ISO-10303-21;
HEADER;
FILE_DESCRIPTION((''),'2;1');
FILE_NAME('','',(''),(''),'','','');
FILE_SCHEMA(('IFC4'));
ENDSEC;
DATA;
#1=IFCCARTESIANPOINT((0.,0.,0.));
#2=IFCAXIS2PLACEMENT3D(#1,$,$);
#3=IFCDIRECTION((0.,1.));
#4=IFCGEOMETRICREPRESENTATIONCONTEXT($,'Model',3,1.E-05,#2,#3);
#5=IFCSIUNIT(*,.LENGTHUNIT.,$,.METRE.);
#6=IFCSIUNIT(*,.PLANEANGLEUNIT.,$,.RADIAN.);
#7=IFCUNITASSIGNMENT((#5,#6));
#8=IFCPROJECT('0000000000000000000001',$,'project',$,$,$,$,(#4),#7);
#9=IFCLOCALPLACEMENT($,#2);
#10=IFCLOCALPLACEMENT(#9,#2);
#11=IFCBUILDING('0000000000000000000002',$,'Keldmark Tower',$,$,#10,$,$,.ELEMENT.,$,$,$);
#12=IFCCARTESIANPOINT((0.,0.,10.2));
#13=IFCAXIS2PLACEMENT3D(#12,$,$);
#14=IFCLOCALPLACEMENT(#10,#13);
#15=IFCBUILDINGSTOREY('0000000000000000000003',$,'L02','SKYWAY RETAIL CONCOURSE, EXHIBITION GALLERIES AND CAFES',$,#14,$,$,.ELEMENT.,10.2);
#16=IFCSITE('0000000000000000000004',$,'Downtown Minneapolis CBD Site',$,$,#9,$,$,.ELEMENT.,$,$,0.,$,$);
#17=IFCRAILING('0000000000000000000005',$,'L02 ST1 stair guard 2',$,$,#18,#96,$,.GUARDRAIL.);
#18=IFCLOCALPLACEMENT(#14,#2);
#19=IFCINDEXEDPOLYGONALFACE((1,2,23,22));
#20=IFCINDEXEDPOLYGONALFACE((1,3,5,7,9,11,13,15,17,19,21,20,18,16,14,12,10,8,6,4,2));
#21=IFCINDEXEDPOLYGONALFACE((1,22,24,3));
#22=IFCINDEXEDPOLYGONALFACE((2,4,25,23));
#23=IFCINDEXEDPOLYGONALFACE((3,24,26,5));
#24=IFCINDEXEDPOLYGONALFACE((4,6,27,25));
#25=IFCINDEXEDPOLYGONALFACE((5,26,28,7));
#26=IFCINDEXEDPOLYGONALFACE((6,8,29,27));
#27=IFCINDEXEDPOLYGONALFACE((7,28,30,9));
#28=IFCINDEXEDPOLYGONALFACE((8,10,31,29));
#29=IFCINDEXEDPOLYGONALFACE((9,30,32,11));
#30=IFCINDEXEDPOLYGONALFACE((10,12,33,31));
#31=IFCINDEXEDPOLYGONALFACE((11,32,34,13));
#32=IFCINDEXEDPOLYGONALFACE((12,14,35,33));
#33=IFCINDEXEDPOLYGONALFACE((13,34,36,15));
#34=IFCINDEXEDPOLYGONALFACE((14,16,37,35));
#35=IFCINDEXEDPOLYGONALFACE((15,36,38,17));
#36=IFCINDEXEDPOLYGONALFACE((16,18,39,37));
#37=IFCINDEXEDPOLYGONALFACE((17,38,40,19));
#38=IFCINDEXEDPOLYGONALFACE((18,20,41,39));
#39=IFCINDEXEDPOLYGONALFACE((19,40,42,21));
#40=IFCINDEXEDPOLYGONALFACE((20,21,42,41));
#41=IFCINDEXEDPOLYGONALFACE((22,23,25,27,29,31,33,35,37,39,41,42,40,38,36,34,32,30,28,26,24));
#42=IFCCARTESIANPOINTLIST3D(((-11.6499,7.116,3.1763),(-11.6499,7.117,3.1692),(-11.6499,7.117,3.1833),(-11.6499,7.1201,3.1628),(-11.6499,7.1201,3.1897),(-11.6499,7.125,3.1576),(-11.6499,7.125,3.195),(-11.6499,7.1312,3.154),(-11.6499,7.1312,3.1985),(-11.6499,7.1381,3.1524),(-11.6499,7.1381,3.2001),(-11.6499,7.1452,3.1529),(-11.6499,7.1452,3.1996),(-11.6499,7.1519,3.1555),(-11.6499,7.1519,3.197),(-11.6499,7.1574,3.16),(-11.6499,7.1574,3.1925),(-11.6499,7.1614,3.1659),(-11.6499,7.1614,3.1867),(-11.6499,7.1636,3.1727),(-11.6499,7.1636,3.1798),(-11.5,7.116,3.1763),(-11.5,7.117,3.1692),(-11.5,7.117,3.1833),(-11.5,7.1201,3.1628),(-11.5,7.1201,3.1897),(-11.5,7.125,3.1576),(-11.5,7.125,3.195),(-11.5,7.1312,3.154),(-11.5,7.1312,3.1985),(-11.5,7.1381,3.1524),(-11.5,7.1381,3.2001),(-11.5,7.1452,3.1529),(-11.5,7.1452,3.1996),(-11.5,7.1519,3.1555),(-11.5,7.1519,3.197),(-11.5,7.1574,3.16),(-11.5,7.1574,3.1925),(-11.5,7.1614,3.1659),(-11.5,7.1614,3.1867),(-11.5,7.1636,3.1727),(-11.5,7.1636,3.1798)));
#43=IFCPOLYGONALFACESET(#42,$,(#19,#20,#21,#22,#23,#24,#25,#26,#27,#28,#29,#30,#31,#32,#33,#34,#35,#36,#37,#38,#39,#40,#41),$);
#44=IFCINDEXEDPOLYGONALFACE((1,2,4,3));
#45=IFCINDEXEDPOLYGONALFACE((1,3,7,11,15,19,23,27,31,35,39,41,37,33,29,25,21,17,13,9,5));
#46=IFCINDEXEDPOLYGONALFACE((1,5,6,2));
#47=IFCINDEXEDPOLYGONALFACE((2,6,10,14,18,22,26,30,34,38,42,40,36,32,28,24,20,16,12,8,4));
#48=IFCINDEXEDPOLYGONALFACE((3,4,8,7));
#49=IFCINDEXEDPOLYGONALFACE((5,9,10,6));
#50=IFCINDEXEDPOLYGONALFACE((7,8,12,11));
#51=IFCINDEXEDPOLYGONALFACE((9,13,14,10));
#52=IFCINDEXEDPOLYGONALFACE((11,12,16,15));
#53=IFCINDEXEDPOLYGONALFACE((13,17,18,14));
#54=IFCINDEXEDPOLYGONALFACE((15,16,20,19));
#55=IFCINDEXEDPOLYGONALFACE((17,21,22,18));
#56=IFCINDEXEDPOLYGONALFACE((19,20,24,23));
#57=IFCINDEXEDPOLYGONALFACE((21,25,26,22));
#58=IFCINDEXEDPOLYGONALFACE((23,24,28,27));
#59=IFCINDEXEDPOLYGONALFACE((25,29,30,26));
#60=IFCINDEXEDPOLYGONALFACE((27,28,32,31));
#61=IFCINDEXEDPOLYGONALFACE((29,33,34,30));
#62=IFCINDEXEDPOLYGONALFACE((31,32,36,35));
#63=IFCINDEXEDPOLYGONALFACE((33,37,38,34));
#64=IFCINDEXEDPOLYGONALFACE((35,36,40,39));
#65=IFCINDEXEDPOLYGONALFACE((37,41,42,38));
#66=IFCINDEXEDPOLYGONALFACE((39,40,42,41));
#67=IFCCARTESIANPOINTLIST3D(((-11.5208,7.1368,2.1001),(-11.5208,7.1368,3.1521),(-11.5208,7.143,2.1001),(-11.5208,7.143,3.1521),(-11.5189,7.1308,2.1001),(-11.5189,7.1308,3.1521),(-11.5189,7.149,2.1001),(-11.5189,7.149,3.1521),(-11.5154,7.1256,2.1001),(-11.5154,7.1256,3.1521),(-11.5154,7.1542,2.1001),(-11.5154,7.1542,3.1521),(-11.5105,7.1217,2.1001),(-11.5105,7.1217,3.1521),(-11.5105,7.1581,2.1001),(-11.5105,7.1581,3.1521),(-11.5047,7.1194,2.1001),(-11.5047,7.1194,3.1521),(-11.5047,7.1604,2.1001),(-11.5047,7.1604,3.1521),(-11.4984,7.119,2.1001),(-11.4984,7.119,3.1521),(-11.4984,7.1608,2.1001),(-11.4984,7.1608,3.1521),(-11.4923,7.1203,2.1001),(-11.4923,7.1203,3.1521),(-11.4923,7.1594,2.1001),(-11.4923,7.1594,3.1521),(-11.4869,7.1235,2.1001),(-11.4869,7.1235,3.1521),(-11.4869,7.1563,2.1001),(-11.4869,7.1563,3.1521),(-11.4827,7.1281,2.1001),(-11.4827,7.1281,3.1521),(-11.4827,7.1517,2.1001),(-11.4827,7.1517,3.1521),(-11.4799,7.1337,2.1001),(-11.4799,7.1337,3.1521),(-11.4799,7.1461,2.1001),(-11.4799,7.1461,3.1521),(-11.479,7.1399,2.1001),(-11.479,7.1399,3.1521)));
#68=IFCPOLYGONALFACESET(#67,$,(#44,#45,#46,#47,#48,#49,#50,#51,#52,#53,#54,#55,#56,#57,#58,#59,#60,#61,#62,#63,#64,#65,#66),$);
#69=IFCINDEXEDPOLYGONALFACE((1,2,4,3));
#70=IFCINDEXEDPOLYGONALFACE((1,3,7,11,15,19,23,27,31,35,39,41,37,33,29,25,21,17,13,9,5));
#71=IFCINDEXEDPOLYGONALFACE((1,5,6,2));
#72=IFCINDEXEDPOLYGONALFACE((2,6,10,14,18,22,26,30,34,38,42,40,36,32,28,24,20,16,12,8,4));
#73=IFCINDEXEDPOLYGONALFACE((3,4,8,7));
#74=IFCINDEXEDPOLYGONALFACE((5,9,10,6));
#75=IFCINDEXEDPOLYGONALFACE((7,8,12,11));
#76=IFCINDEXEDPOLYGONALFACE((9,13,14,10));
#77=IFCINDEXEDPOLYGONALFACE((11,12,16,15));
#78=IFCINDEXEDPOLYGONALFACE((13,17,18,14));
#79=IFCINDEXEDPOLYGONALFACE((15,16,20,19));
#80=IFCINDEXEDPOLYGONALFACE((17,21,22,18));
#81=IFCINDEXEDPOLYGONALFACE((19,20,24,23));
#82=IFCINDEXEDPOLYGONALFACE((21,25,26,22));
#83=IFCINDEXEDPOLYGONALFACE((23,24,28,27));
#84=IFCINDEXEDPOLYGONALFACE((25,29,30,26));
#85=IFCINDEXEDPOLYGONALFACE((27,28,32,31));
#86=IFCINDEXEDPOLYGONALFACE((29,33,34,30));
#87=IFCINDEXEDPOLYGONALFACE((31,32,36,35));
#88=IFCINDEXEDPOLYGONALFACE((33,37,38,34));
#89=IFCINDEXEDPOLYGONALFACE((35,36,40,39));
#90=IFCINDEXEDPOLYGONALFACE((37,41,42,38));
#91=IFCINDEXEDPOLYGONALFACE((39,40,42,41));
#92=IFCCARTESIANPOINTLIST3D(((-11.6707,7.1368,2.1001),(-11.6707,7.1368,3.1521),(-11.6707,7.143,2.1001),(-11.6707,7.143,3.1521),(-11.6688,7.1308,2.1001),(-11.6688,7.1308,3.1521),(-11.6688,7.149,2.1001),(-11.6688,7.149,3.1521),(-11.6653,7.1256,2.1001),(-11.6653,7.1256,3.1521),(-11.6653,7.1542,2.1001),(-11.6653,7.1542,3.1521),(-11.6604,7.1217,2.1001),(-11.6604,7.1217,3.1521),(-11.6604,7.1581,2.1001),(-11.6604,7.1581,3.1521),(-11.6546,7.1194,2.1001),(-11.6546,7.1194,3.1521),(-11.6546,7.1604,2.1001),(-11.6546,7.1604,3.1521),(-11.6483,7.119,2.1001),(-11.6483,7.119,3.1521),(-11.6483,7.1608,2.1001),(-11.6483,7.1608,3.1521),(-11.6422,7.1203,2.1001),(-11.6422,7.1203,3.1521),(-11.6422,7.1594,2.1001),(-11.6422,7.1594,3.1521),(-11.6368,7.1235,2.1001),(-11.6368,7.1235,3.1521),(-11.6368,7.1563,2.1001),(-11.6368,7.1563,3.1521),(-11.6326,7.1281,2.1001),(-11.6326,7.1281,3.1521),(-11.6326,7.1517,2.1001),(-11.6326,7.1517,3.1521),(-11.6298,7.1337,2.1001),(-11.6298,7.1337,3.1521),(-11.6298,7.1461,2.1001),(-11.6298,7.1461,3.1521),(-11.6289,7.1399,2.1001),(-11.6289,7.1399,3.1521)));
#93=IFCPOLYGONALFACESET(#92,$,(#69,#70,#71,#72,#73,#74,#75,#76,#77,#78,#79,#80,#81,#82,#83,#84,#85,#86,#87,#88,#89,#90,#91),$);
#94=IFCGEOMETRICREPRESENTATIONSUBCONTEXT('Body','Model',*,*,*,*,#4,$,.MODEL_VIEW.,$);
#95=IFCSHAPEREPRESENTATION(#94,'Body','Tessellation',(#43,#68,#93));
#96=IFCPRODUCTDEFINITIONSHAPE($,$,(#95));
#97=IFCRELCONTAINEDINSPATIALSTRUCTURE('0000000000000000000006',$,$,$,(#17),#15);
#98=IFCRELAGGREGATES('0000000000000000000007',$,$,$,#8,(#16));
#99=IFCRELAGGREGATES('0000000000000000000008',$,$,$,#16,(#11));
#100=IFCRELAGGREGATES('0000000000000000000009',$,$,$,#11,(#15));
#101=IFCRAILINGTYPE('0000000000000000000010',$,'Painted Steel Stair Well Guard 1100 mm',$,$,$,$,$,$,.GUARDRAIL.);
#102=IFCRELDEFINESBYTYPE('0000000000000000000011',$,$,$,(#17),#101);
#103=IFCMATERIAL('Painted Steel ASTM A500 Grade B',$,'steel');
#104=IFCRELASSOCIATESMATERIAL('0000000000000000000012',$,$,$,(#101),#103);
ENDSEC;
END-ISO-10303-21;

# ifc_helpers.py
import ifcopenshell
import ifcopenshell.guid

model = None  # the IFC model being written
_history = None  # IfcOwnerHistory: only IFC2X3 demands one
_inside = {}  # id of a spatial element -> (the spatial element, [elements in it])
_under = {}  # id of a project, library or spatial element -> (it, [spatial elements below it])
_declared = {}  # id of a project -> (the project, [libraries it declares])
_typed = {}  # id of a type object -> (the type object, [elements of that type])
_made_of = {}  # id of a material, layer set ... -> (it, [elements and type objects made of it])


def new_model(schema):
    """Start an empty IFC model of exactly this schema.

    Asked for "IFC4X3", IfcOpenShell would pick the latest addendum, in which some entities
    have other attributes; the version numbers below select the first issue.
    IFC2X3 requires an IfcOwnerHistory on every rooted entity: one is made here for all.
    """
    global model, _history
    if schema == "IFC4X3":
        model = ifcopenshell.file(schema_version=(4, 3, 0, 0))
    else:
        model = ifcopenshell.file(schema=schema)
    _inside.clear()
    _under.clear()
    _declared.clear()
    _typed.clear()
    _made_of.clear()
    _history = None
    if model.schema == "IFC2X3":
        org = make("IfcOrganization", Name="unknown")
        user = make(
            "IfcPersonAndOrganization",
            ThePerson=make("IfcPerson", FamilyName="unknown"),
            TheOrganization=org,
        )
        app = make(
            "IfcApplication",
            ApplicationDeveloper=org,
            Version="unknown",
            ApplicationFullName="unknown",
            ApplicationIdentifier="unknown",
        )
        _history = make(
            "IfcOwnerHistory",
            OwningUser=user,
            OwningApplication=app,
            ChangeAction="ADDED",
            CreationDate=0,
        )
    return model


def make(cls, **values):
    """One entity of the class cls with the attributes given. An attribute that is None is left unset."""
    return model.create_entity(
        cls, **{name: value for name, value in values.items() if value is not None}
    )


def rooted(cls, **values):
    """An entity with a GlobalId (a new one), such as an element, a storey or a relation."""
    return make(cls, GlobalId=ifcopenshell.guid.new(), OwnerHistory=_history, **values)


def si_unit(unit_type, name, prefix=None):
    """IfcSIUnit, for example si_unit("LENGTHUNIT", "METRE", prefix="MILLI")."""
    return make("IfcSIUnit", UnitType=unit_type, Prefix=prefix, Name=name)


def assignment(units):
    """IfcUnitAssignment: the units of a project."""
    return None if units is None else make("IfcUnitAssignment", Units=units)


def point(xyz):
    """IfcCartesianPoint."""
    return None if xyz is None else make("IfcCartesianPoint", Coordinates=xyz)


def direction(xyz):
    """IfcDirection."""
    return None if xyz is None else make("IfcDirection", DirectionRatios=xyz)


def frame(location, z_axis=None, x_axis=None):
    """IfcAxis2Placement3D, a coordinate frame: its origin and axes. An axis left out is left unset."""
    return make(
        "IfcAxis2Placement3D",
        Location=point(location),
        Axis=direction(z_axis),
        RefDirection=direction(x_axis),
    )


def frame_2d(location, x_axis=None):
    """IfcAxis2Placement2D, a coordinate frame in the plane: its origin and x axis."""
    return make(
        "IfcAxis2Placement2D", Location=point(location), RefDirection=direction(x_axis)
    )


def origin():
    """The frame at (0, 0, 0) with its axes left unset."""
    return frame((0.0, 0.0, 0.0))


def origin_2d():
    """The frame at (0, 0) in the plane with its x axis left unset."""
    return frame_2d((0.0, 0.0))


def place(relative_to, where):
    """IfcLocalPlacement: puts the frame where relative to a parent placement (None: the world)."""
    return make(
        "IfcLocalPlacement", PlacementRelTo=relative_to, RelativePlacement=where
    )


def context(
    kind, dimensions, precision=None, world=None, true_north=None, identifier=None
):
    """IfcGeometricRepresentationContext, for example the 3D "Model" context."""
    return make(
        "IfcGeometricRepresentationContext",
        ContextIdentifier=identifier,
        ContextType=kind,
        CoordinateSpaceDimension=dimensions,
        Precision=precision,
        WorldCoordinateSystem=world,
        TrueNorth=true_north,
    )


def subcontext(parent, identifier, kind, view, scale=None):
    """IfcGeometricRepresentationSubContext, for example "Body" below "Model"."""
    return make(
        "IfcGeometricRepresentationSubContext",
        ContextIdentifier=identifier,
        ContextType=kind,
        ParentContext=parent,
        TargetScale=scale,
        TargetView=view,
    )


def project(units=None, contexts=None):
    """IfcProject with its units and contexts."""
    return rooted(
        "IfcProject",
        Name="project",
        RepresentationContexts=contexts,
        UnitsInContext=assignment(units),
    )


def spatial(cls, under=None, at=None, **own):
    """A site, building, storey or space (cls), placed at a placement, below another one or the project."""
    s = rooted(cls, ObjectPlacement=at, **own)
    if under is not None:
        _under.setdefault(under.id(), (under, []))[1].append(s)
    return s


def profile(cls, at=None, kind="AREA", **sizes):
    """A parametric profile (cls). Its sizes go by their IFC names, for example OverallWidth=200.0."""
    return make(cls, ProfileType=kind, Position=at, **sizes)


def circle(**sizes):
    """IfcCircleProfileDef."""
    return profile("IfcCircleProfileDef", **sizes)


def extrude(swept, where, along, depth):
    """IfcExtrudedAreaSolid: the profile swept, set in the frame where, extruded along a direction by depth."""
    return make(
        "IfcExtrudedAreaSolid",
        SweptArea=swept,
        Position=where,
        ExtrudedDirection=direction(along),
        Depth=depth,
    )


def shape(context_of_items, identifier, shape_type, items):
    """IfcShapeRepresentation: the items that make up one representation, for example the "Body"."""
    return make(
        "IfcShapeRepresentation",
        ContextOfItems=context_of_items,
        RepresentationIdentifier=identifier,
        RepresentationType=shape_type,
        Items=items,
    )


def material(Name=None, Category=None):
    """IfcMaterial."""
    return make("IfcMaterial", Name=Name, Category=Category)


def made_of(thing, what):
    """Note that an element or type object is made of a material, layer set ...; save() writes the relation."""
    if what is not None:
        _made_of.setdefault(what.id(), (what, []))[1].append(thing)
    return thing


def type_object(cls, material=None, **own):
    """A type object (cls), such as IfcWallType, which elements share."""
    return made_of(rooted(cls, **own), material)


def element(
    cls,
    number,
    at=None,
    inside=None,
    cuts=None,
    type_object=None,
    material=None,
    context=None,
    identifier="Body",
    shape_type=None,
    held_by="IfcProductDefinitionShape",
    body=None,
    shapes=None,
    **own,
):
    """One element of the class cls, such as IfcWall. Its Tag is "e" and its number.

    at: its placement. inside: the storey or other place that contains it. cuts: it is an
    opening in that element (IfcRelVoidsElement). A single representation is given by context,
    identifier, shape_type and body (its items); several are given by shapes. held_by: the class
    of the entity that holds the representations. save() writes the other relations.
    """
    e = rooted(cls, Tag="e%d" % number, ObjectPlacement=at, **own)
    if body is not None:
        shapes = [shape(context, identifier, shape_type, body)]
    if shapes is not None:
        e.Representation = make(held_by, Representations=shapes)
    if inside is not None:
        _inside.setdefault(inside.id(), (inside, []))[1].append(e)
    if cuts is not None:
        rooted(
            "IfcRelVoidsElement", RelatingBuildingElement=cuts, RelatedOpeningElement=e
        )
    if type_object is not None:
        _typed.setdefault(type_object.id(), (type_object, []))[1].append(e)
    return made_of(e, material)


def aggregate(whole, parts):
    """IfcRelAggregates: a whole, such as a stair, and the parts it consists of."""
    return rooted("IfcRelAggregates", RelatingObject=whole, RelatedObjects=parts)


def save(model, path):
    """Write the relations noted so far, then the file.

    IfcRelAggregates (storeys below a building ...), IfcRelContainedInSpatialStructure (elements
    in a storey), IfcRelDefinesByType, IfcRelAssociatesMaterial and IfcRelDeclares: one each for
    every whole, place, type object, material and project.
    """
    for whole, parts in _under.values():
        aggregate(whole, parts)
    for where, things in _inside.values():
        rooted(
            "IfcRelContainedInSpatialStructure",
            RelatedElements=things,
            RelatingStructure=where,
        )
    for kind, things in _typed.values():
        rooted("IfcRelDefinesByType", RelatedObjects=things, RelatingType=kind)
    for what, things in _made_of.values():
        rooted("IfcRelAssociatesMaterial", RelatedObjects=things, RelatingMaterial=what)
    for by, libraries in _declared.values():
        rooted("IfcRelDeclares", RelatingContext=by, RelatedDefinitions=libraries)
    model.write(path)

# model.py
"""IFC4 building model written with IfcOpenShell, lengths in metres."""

from ifc_helpers import new_model, si_unit, direction, frame, origin, origin_2d, place, context, subcontext, project, spatial, circle, extrude, material, type_object, element, save


model = new_model("IFC4")

# Units and contexts
model_context = context("Model", 3, precision=1e-05, world=origin(), true_north=direction((0.0, 1.0)))
body_context = subcontext(model_context, "Body", "Model", "MODEL_VIEW")
ifc_project = project(units=[si_unit("LENGTHUNIT", "METRE"), si_unit("PLANEANGLEUNIT", "RADIAN")], contexts=[model_context])

# Site, building, storey
site_placement = place(None, origin())
site = spatial("IfcSite", under=ifc_project, at=site_placement, Name="Downtown Minneapolis CBD Site", CompositionType="ELEMENT", RefElevation=0.0)
building_placement = place(site_placement, origin())
building = spatial("IfcBuilding", under=site, at=building_placement, Name="Keldmark Tower", CompositionType="ELEMENT")
storey_placement = place(building_placement, frame((0.0, 0.0, 10.2)))
storey = spatial("IfcBuildingStorey", under=building, at=storey_placement, Name="L02", Description="SKYWAY RETAIL CONCOURSE, EXHIBITION GALLERIES AND CAFES", CompositionType="ELEMENT", Elevation=10.2)

# Railing
ifc_material_1 = material(Name="Painted Steel ASTM A500 Grade B", Category="steel")
railing_type_1 = type_object("IfcRailingType", Name="Painted Steel Stair Well Guard 1100 mm", PredefinedType="GUARDRAIL", material=ifc_material_1)
railing_1_placement = place(storey_placement, frame((-11.5, 7.1399, 2.1001)))
element("IfcRailing", 1, at=railing_1_placement, inside=storey, type_object=railing_type_1, Name="L02 ST1 stair guard 2", PredefinedType="GUARDRAIL", context=body_context, shape_type="SweptSolid", body=[
    extrude(circle(Radius=0.0239, at=origin_2d()), frame((0.0, 0.0, 1.0762), z_axis=(-1.0, 0.0, 0.0), x_axis=(0.0, -1.0, 0.0)), (0.0, 0.0, 1.0), 0.1499),
    extrude(circle(Radius=0.021, at=origin_2d()), origin(), (0.0, 0.0, 1.0), 1.052),
    extrude(circle(Radius=0.021, at=origin_2d()), frame((-0.1499, 0.0, 0.0)), (0.0, 0.0, 1.0), 1.052),
])

save(model, "model.ifc")
